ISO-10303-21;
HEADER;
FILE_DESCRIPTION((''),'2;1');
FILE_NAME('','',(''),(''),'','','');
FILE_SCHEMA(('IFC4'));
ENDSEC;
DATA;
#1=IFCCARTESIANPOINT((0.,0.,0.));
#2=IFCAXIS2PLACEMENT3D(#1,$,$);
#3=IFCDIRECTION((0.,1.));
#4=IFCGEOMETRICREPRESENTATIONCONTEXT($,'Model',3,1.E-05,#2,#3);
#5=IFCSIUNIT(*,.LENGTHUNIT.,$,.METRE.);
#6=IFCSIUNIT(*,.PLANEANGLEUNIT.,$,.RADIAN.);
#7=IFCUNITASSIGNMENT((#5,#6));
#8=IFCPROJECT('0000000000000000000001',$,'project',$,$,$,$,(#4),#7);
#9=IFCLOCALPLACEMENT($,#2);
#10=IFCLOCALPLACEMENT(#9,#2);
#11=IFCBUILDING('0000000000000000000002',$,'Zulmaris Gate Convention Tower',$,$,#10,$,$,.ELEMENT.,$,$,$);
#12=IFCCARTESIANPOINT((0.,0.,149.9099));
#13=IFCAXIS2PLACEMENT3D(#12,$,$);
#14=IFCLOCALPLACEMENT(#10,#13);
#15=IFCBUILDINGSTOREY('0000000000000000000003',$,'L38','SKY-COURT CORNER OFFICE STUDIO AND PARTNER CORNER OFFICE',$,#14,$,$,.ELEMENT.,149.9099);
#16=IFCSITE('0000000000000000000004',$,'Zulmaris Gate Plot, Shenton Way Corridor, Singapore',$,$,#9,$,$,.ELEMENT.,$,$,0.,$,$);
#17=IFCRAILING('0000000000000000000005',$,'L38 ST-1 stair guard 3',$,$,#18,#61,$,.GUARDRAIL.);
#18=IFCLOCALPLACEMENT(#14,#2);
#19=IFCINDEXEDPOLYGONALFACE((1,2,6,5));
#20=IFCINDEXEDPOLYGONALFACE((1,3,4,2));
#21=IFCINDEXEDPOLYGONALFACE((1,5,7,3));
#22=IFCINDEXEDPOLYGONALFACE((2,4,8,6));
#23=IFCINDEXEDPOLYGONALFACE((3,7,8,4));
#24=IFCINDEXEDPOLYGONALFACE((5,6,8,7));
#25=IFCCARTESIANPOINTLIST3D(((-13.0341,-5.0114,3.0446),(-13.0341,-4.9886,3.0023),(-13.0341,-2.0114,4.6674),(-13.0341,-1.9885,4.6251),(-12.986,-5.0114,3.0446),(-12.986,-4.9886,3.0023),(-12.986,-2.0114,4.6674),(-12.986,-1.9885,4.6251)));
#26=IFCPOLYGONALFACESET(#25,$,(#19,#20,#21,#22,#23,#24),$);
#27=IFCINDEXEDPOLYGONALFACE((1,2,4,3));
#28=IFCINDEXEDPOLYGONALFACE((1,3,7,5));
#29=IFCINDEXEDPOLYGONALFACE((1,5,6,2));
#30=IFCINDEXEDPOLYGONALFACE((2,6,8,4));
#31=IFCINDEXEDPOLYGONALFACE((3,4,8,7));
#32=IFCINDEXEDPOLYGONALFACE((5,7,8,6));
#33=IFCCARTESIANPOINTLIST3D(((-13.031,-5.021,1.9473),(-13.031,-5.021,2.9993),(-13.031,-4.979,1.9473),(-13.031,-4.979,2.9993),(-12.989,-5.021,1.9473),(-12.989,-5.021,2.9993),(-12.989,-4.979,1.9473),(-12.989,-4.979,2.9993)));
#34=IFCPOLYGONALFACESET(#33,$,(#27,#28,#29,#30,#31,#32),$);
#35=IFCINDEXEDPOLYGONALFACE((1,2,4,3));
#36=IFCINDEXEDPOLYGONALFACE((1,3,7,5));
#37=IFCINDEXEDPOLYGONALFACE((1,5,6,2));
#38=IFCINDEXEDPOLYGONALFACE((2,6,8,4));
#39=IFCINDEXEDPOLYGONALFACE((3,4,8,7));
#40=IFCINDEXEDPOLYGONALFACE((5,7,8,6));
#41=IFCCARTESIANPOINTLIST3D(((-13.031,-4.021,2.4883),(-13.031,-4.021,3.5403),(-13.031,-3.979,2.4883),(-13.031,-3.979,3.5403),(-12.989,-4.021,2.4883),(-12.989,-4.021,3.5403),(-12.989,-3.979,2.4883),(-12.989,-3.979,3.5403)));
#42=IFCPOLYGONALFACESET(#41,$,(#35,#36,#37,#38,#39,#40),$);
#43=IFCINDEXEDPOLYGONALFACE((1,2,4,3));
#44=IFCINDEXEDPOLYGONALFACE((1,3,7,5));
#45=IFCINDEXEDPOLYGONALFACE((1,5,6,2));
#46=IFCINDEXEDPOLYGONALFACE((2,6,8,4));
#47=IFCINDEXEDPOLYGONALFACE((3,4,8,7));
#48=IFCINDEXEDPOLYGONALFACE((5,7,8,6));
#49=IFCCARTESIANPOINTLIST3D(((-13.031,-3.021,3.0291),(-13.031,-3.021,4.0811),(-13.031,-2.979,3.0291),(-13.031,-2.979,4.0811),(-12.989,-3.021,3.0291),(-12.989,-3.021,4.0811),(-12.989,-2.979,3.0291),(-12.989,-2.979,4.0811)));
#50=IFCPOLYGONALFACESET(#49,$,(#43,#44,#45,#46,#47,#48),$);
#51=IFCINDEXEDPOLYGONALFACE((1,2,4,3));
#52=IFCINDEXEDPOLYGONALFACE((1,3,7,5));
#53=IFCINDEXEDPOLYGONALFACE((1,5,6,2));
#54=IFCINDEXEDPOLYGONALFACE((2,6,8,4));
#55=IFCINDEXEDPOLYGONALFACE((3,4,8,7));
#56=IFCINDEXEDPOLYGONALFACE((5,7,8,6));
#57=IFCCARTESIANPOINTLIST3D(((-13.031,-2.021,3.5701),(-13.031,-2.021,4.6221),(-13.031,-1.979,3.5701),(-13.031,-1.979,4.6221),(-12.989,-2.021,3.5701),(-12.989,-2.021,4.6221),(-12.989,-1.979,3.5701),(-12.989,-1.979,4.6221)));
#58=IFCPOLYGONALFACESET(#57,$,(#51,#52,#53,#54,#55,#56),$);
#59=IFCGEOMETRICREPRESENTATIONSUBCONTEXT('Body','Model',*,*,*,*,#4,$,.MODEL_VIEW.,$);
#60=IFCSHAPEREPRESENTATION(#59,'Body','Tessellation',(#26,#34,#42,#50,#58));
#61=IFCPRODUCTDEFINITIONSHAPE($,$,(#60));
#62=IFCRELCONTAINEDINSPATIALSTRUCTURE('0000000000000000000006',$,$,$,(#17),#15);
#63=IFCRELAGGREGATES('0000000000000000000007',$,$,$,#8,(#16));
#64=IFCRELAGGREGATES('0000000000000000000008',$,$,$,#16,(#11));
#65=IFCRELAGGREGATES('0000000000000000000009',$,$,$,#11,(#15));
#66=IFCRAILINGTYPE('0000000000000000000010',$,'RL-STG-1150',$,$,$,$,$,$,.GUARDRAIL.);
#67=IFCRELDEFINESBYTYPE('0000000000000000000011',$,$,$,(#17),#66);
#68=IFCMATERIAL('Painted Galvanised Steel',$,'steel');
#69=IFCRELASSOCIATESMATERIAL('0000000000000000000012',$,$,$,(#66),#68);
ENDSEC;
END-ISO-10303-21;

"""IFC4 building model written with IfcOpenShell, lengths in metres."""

from ifc_helpers import new_model, si_unit, direction, frame, origin, origin_2d, place, context, subcontext, project, spatial, rectangle, extrude, material, type_object, element, save


model = new_model("IFC4")

# Units and contexts
model_context = context("Model", 3, precision=1e-05, world=origin(), true_north=direction((0.0, 1.0)))
body_context = subcontext(model_context, "Body", "Model", "MODEL_VIEW")
ifc_project = project(units=[si_unit("LENGTHUNIT", "METRE"), si_unit("PLANEANGLEUNIT", "RADIAN")], contexts=[model_context])

# Site, building, storey
site_placement = place(None, origin())
site = spatial("IfcSite", under=ifc_project, at=site_placement, Name="Zulmaris Gate Plot, Shenton Way Corridor, Singapore", CompositionType="ELEMENT", RefElevation=0.0)
building_placement = place(site_placement, origin())
building = spatial("IfcBuilding", under=site, at=building_placement, Name="Zulmaris Gate Convention Tower", CompositionType="ELEMENT")
storey_placement = place(building_placement, frame((0.0, 0.0, 149.9099)))
storey = spatial("IfcBuildingStorey", under=building, at=storey_placement, Name="L38", Description="SKY-COURT CORNER OFFICE STUDIO AND PARTNER CORNER OFFICE", CompositionType="ELEMENT", Elevation=149.9099)

# Railing
ifc_material_1 = material(Name="Painted Galvanised Steel", Category="steel")
railing_type_1 = type_object("IfcRailingType", Name="RL-STG-1150", PredefinedType="GUARDRAIL", material=ifc_material_1)
railing_1_placement = place(storey_placement, frame((-13.01, -5.0, 1.9473)))
element("IfcRailing", 1, at=railing_1_placement, inside=storey, type_object=railing_type_1, Name="L38 ST-1 stair guard 3", PredefinedType="GUARDRAIL", context=body_context, shape_type="SweptSolid", body=[
    extrude(rectangle(XDim=0.0481, YDim=0.0481, at=origin_2d()), frame((0.0, 0.0, 1.0762), z_axis=(0.0, 0.879562, 0.475785), x_axis=(-1.0, 0.0, 0.0)), (0.0, 0.0, 1.0), 3.4109),
    extrude(rectangle(XDim=0.042, YDim=0.042, at=origin_2d()), origin(), (0.0, 0.0, 1.0), 1.052),
    extrude(rectangle(XDim=0.042, YDim=0.042, at=origin_2d()), frame((0.0, 1.0, 0.541)), (0.0, 0.0, 1.0), 1.052),
    extrude(rectangle(XDim=0.042, YDim=0.042, at=origin_2d()), frame((0.0, 2.0, 1.0818)), (0.0, 0.0, 1.0), 1.052),
    extrude(rectangle(XDim=0.042, YDim=0.042, at=origin_2d()), frame((0.0, 3.0, 1.6228)), (0.0, 0.0, 1.0), 1.052),
])

save(model, "model.ifc")
